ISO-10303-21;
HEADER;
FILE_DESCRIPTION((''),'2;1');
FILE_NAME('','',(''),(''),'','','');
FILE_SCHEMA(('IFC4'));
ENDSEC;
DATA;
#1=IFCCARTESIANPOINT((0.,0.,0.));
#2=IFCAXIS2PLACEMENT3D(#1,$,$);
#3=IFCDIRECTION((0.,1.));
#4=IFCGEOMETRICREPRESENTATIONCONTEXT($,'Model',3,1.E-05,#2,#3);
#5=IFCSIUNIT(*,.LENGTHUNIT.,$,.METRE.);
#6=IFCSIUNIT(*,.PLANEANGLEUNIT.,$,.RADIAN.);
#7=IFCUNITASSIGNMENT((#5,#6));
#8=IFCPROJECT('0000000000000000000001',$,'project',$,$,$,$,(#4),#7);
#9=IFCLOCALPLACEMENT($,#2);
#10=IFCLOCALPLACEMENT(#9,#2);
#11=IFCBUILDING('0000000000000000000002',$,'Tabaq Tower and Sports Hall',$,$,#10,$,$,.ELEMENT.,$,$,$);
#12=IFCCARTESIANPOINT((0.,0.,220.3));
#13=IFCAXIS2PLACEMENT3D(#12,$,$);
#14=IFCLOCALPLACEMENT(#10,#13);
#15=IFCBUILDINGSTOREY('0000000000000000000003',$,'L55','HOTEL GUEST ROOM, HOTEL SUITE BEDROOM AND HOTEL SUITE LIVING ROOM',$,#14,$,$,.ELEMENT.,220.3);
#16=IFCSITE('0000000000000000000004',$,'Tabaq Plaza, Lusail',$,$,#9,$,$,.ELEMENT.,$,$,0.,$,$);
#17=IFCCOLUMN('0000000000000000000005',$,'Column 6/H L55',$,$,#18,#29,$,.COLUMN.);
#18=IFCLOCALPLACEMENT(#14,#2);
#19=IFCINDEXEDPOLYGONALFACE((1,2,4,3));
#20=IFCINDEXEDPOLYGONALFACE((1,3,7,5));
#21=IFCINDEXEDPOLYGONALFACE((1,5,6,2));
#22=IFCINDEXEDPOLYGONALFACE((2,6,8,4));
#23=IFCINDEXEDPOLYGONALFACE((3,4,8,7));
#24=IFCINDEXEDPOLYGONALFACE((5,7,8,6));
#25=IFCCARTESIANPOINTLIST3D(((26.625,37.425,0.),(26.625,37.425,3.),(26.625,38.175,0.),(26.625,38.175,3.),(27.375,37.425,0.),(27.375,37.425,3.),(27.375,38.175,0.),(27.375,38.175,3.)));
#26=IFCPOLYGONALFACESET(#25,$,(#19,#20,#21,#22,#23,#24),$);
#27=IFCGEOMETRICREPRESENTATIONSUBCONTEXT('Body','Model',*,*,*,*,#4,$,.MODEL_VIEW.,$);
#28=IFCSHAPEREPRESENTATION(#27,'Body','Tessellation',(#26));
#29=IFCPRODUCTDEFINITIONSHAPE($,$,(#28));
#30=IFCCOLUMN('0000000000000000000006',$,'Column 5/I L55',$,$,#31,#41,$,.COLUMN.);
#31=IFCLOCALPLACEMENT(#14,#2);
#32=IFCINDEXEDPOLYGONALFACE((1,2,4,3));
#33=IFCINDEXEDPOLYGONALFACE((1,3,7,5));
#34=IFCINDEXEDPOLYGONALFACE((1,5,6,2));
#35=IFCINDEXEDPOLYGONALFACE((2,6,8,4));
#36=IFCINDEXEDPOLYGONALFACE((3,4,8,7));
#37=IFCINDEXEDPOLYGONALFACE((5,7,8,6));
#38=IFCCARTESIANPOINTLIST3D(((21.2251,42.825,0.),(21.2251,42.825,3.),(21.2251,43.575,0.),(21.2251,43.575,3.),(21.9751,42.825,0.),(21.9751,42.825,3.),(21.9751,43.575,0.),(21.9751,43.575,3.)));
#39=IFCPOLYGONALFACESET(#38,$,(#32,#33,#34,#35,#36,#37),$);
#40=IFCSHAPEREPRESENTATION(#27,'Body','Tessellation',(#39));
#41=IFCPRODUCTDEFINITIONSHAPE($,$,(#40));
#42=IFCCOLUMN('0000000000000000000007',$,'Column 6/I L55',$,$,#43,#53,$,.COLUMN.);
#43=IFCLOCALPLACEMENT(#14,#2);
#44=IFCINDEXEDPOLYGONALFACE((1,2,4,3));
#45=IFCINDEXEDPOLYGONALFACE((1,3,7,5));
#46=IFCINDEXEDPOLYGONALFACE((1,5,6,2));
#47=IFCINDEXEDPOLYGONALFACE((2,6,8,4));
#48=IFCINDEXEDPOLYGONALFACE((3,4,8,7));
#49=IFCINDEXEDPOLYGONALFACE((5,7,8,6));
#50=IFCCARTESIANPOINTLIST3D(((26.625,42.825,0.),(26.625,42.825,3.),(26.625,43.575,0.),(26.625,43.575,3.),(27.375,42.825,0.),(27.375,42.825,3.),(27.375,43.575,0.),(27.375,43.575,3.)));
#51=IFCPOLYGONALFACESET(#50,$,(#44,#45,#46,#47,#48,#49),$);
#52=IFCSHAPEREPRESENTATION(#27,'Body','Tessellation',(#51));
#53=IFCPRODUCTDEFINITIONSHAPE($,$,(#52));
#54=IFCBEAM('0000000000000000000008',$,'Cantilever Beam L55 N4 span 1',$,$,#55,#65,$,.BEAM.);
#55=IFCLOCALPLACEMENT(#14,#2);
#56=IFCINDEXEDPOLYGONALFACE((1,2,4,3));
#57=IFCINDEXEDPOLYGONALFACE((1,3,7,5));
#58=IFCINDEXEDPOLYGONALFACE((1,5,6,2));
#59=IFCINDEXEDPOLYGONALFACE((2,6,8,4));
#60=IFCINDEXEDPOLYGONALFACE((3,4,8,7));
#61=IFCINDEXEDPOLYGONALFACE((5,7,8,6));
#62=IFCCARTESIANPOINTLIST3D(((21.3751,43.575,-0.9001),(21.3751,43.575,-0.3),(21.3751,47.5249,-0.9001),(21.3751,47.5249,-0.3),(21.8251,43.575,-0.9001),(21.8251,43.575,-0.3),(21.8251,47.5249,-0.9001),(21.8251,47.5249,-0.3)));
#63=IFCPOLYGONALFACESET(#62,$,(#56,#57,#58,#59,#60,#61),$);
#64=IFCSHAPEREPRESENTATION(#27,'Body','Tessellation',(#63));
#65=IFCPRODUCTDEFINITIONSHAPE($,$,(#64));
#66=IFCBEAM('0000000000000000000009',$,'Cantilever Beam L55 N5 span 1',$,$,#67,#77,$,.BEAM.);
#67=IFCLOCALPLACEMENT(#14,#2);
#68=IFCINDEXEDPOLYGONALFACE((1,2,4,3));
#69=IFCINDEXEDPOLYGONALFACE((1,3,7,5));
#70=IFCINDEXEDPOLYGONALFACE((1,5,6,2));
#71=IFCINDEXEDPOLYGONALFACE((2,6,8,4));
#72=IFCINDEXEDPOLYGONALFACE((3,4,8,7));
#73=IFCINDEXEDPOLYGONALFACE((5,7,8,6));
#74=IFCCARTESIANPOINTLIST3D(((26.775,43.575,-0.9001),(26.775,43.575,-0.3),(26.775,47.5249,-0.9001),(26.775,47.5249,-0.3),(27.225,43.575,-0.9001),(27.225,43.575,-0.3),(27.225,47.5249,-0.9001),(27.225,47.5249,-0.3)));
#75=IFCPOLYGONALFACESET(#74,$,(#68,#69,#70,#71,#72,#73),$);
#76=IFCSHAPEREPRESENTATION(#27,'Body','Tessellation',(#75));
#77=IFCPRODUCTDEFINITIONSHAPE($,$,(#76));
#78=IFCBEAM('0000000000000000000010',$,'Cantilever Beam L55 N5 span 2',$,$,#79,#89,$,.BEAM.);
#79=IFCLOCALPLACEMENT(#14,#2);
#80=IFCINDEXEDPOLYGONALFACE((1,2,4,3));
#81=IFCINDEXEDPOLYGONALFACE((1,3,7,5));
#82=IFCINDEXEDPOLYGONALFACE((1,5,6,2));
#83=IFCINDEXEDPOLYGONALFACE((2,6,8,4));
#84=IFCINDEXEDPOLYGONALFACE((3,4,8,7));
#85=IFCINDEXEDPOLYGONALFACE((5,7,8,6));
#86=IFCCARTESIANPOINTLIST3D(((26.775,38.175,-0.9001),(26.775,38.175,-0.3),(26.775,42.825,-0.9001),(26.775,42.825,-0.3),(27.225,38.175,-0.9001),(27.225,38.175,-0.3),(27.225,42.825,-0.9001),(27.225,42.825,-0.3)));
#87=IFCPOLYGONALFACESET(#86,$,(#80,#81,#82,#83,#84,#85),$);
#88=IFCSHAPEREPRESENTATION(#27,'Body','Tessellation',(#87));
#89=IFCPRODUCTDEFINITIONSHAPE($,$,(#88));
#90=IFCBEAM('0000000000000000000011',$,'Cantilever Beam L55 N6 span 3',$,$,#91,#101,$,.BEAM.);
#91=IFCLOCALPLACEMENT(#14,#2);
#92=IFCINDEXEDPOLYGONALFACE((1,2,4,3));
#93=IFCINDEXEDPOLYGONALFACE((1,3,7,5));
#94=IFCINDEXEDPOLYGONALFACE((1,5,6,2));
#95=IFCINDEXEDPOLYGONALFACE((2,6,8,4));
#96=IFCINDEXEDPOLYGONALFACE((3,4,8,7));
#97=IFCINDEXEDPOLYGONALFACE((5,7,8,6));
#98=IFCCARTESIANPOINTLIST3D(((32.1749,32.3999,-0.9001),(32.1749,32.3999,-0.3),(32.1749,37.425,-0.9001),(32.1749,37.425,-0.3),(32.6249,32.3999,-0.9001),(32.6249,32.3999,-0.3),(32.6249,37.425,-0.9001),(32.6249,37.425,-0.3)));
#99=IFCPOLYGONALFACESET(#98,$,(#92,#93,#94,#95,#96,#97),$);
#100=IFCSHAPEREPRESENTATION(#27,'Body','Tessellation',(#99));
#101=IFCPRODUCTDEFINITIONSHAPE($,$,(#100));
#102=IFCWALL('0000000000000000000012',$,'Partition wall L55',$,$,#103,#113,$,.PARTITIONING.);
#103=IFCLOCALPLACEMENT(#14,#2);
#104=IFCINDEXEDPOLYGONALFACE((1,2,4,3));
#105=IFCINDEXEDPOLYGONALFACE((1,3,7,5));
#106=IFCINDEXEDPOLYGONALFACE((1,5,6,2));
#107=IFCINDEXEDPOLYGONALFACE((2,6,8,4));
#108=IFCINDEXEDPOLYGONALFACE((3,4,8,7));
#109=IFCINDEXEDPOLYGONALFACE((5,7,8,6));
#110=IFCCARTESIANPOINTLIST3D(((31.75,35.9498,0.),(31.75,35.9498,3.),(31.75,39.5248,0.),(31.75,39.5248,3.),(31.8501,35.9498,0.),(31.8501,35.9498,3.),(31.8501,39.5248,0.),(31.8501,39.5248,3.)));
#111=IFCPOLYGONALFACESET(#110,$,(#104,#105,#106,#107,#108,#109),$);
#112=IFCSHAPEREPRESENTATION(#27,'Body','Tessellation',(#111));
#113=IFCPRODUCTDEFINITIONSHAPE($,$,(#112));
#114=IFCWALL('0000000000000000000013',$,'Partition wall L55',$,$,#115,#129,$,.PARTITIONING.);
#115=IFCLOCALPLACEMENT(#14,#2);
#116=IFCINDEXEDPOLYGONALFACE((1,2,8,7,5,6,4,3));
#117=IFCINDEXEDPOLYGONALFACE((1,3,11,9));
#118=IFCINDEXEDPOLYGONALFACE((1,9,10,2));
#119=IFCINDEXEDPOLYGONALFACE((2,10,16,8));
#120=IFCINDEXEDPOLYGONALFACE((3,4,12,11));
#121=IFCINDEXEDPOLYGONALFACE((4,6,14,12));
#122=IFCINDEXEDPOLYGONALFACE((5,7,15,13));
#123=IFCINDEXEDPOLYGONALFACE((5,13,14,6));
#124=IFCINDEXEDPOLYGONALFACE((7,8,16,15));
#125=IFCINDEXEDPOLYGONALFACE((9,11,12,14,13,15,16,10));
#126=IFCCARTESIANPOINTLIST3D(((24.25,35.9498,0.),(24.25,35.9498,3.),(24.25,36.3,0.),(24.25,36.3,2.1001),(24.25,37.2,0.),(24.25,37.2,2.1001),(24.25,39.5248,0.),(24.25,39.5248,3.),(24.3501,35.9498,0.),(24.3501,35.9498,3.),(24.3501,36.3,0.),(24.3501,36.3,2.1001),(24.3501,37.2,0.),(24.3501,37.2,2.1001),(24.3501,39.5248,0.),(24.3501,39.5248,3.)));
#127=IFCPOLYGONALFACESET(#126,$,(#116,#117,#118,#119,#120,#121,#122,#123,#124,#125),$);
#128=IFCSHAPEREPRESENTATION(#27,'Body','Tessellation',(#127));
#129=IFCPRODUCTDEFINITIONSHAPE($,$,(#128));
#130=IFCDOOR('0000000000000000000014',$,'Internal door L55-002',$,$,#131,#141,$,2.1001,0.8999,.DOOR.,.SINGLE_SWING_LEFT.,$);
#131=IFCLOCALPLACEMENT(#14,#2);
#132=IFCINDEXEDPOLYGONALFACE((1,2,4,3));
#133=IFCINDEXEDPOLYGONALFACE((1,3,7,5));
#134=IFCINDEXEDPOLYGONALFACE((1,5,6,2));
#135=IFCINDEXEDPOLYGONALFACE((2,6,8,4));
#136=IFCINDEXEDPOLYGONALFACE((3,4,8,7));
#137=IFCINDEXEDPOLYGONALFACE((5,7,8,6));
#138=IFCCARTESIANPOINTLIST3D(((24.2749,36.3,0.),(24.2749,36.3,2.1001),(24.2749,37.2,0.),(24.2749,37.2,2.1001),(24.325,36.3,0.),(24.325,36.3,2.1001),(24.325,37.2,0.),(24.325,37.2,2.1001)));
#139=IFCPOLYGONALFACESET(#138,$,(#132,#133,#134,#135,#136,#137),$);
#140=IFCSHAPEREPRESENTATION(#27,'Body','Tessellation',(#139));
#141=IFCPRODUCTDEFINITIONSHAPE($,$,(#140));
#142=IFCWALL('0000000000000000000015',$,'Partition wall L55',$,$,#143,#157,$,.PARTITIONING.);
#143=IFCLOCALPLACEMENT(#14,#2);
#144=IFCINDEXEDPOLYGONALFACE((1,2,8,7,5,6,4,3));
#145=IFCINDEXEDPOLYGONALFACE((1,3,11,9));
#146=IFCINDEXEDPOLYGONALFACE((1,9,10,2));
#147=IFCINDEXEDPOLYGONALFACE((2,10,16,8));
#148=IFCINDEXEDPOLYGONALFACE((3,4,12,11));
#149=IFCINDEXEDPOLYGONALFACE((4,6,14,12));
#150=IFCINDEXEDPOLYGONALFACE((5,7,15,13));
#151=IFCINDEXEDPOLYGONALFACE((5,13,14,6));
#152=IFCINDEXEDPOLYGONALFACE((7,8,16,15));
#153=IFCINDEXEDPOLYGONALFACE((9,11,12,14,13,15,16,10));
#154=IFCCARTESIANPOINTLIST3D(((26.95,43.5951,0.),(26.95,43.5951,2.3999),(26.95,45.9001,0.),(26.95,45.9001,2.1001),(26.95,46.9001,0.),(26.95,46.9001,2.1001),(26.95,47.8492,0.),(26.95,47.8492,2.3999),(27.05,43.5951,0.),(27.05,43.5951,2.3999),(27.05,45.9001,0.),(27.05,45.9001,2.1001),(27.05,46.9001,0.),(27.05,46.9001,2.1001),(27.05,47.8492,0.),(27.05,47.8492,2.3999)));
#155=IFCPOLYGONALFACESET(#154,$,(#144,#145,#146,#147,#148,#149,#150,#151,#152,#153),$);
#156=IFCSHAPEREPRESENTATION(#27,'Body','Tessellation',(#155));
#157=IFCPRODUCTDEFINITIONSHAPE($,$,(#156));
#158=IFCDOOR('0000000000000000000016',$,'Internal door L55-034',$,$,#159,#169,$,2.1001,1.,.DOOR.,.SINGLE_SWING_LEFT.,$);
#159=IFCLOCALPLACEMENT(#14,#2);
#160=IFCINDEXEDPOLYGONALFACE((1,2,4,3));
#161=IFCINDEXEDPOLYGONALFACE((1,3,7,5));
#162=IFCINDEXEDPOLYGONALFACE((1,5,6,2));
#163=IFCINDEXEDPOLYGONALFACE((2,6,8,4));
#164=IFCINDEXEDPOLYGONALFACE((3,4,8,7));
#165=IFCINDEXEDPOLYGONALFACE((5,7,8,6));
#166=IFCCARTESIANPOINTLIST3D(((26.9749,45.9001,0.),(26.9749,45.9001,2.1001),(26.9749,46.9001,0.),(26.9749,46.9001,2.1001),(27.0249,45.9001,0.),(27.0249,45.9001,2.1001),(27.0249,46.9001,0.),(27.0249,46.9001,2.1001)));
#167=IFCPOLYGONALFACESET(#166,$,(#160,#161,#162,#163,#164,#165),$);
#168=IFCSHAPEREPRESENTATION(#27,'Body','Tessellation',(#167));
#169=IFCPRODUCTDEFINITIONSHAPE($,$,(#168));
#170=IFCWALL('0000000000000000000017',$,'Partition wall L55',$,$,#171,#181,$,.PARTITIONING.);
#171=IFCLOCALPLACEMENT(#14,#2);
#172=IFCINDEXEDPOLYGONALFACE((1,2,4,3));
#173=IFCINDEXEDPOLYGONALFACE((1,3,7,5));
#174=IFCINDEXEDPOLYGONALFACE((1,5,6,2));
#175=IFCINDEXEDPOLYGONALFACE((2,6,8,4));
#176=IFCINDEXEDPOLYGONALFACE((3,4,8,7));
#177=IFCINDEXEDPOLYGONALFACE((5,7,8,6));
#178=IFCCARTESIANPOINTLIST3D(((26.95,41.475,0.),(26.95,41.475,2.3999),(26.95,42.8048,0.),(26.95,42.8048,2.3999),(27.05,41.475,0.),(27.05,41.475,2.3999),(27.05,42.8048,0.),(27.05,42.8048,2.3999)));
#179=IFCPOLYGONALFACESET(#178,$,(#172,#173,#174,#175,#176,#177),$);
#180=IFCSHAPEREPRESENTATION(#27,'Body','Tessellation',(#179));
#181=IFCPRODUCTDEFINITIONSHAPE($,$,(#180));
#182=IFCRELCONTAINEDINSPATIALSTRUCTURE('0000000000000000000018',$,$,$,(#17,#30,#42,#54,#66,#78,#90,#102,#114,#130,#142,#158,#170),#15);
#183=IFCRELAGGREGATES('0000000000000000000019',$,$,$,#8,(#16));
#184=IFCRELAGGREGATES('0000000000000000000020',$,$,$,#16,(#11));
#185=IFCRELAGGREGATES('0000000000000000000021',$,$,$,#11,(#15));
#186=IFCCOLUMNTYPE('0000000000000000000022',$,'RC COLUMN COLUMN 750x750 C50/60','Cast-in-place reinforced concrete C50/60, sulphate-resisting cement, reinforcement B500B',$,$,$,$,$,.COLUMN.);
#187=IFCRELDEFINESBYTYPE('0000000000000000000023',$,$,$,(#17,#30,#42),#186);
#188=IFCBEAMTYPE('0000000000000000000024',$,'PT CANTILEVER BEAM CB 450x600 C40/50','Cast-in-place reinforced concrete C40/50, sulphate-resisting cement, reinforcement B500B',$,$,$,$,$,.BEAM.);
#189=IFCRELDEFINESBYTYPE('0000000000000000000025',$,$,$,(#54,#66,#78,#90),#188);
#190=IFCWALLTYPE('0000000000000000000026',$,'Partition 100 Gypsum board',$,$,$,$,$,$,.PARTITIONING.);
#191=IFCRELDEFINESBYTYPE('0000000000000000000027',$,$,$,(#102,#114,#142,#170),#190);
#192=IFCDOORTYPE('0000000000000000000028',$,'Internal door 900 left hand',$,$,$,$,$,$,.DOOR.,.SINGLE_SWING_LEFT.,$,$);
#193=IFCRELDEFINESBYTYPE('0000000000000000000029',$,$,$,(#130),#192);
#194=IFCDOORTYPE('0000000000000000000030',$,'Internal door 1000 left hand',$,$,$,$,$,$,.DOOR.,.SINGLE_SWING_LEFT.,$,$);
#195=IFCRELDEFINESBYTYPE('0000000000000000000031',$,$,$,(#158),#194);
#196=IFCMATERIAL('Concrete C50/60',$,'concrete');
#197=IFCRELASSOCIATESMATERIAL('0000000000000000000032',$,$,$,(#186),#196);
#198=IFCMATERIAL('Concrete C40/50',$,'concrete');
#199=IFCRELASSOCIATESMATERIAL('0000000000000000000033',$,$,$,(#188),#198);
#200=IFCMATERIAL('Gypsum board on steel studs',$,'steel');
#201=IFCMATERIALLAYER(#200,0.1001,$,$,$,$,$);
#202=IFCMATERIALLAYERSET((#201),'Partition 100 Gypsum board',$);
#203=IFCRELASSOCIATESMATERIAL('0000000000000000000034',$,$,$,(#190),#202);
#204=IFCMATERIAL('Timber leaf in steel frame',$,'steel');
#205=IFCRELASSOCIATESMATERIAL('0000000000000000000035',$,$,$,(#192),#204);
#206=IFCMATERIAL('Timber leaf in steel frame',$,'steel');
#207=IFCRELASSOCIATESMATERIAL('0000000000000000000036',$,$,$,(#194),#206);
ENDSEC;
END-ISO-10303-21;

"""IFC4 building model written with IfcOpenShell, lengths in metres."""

from ifc_helpers import new_model, si_unit, direction, frame, frame_2d, origin, origin_2d, place, context, subcontext, project, spatial, rectangle, extrude, material, layer, layer_set, material_profile, profile_set, type_object, element, fill, save


model = new_model("IFC4")

# Units and contexts
model_context = context("Model", 3, precision=1e-05, world=origin(), true_north=direction((0.0, 1.0)))
body_context = subcontext(model_context, "Body", "Model", "MODEL_VIEW")
ifc_project = project(units=[si_unit("LENGTHUNIT", "METRE"), si_unit("PLANEANGLEUNIT", "RADIAN")], contexts=[model_context])

# Site, building, storey
site_placement = place(None, origin())
site = spatial("IfcSite", under=ifc_project, at=site_placement, Name="Tabaq Plaza, Lusail", CompositionType="ELEMENT", RefElevation=0.0)
building_placement = place(site_placement, origin())
building = spatial("IfcBuilding", under=site, at=building_placement, Name="Tabaq Tower and Sports Hall", CompositionType="ELEMENT")
storey_placement = place(building_placement, frame((0.0, 0.0, 220.3)))
storey = spatial("IfcBuildingStorey", under=building, at=storey_placement, Name="L55", Description="HOTEL GUEST ROOM, HOTEL SUITE BEDROOM AND HOTEL SUITE LIVING ROOM", CompositionType="ELEMENT", Elevation=220.3)

# Columns
ifc_material_1 = material(Name="Concrete C50/60", Category="concrete")
ifc_material_profile_1 = material_profile(ifc_material_1, rectangle(XDim=0.75, YDim=0.75, at=origin_2d()), Name="COLUMN 750x750")
ifc_profile_set_1 = profile_set([ifc_material_profile_1], Name="Concrete C50/60")
column_type = type_object("IfcColumnType", Name="RC COLUMN COLUMN 750x750 C50/60", Description="Cast-in-place reinforced concrete C50/60, sulphate-resisting cement, reinforcement B500B", PredefinedType="COLUMN", material=ifc_profile_set_1)
for number, where, z_axis, x_axis, name in (
    (1, (27.0, 37.8, 0.0), (0.0, 0.0, 1.0), (1.0, 0.0, 0.0), "Column 6/H L55"),
    (2, (21.6001, 43.2, 0.0), (0.0, 0.0, 1.0), (1.0, 0.0, 0.0), "Column 5/I L55"),
    (3, (27.0, 43.2, 0.0), (0.0, 0.0, 1.0), (1.0, 0.0, 0.0), "Column 6/I L55"),
):
    element("IfcColumn", number, at=place(storey_placement, frame(where, z_axis=z_axis, x_axis=x_axis)), inside=storey, type_object=column_type, Name=name, PredefinedType="COLUMN", context=body_context, shape_type="SweptSolid", body=[
        extrude(rectangle(XDim=0.75, YDim=0.75, at=origin_2d()), origin(), (0.0, 0.0, 1.0), 3.0),
    ])

# Beams
ifc_material_2 = material(Name="Concrete C40/50", Category="concrete")
ifc_material_profile_2 = material_profile(ifc_material_2, rectangle(XDim=0.45, YDim=0.6001, at=origin_2d()), Name="CB 450x600")
ifc_profile_set_2 = profile_set([ifc_material_profile_2], Name="Concrete C40/50")
beam_type = type_object("IfcBeamType", Name="PT CANTILEVER BEAM CB 450x600 C40/50", Description="Cast-in-place reinforced concrete C40/50, sulphate-resisting cement, reinforcement B500B", PredefinedType="BEAM", material=ifc_profile_set_2)
for number, where, z_axis, x_axis, name in (
    (4, (21.6001, 47.5249, -0.6001), (0.0, -1.0, 0.0), (1.0, 0.0, 0.0), "Cantilever Beam L55 N4 span 1"),
    (5, (27.0, 47.5249, -0.6001), (0.0, -1.0, 0.0), (1.0, 0.0, 0.0), "Cantilever Beam L55 N5 span 1"),
):
    element("IfcBeam", number, at=place(storey_placement, frame(where, z_axis=z_axis, x_axis=x_axis)), inside=storey, type_object=beam_type, Name=name, PredefinedType="BEAM", context=body_context, shape_type="SweptSolid", body=[
        extrude(rectangle(XDim=0.45, YDim=0.6001, at=origin_2d()), origin(), (0.0, 0.0, 1.0), 3.95),
    ])
beam_1_placement = place(storey_placement, frame((27.0, 42.825, -0.6001), z_axis=(0.0, -1.0, 0.0), x_axis=(1.0, 0.0, 0.0)))
element("IfcBeam", 6, at=beam_1_placement, inside=storey, type_object=beam_type, Name="Cantilever Beam L55 N5 span 2", PredefinedType="BEAM", context=body_context, shape_type="SweptSolid", body=[
    extrude(rectangle(XDim=0.45, YDim=0.6001, at=origin_2d()), origin(), (0.0, 0.0, 1.0), 4.6499),
])
beam_2_placement = place(storey_placement, frame((32.3999, 37.425, -0.6001), z_axis=(0.0, -1.0, 0.0), x_axis=(1.0, 0.0, 0.0)))
element("IfcBeam", 7, at=beam_2_placement, inside=storey, type_object=beam_type, Name="Cantilever Beam L55 N6 span 3", PredefinedType="BEAM", context=body_context, shape_type="SweptSolid", body=[
    extrude(rectangle(XDim=0.45, YDim=0.6001, at=origin_2d()), origin(), (0.0, 0.0, 1.0), 5.0251),
])

# Wall
ifc_material_3 = material(Name="Gypsum board on steel studs", Category="steel")
ifc_layer_1 = layer(ifc_material_3, 0.1001)
ifc_layer_set_1 = layer_set([ifc_layer_1], Name="Partition 100 Gypsum board")
wall_type_1 = type_object("IfcWallType", Name="Partition 100 Gypsum board", PredefinedType="PARTITIONING", material=ifc_layer_set_1)
wall_1_placement = place(storey_placement, frame((31.8, 39.5249, 0.0), z_axis=(0.0, 0.0, 1.0), x_axis=(0.0, -1.0, 0.0)))
element("IfcWall", 8, at=wall_1_placement, inside=storey, type_object=wall_type_1, Name="Partition wall L55", PredefinedType="PARTITIONING", context=body_context, shape_type="SweptSolid", body=[
    extrude(rectangle(XDim=3.575, YDim=0.1001, at=frame_2d((1.7876, 0.0))), origin(), (0.0, 0.0, 1.0), 3.0),
])

# Walls, openings, doors
wall_2_placement = place(storey_placement, frame((24.3, 39.5249, 0.0), z_axis=(0.0, 0.0, 1.0), x_axis=(0.0, -1.0, 0.0)))
wall_2 = element("IfcWall", 9, at=wall_2_placement, inside=storey, type_object=wall_type_1, Name="Partition wall L55", PredefinedType="PARTITIONING", context=body_context, shape_type="SweptSolid", body=[
    extrude(rectangle(XDim=3.575, YDim=0.1001, at=frame_2d((1.7876, 0.0))), origin(), (0.0, 0.0, 1.0), 3.0),
])
opening_1_placement = place(wall_2_placement, frame((2.325, 0.0, 0.0)))
opening_1 = element("IfcOpeningElement", 10, at=opening_1_placement, cuts=wall_2, PredefinedType="OPENING", context=body_context, shape_type="SweptSolid", body=[
    extrude(rectangle(XDim=0.8999, YDim=2.1001, at=frame_2d((0.45, 1.05))), frame((0.0, 0.05, 0.0), z_axis=(0.0, -1.0, 0.0), x_axis=(1.0, 0.0, 0.0)), (0.0, 0.0, 1.0), 0.1001),
])
ifc_material_4 = material(Name="Timber leaf in steel frame", Category="steel")
door_type_1 = type_object("IfcDoorType", Name="Internal door 900 left hand", OperationType="SINGLE_SWING_LEFT", PredefinedType="DOOR", material=ifc_material_4)
door_1_placement = place(opening_1_placement, origin())
door_1 = element("IfcDoor", 11, at=door_1_placement, inside=storey, type_object=door_type_1, Name="Internal door L55-002", OperationType="SINGLE_SWING_LEFT", OverallHeight=2.1001, OverallWidth=0.8999, PredefinedType="DOOR", context=body_context, shape_type="SweptSolid", body=[
    extrude(rectangle(XDim=0.8999, YDim=2.1001, at=frame_2d((0.45, 1.05))), frame((0.0, 0.0249, 0.0), z_axis=(0.0, -1.0, 0.0), x_axis=(1.0, 0.0, 0.0)), (0.0, 0.0, 1.0), 0.05),
])
fill(opening_1, door_1)
wall_3_placement = place(storey_placement, frame((27.0, 47.8491, 0.0), z_axis=(0.0, 0.0, 1.0), x_axis=(0.0, -1.0, 0.0)))
wall_3 = element("IfcWall", 12, at=wall_3_placement, inside=storey, type_object=wall_type_1, Name="Partition wall L55", PredefinedType="PARTITIONING", context=body_context, shape_type="SweptSolid", body=[
    extrude(rectangle(XDim=4.2542, YDim=0.1001, at=frame_2d((2.127, 0.0))), origin(), (0.0, 0.0, 1.0), 2.3999),
])
opening_2_placement = place(wall_3_placement, frame((0.949, 0.0, 0.0)))
opening_2 = element("IfcOpeningElement", 13, at=opening_2_placement, cuts=wall_3, PredefinedType="OPENING", context=body_context, shape_type="SweptSolid", body=[
    extrude(rectangle(XDim=1.0, YDim=2.1001, at=frame_2d((0.5, 1.05))), frame((0.0, 0.05, 0.0), z_axis=(0.0, -1.0, 0.0), x_axis=(1.0, 0.0, 0.0)), (0.0, 0.0, 1.0), 0.1001),
])
ifc_material_5 = material(Name="Timber leaf in steel frame", Category="steel")
door_type_2 = type_object("IfcDoorType", Name="Internal door 1000 left hand", OperationType="SINGLE_SWING_LEFT", PredefinedType="DOOR", material=ifc_material_5)
door_2_placement = place(opening_2_placement, origin())
door_2 = element("IfcDoor", 14, at=door_2_placement, inside=storey, type_object=door_type_2, Name="Internal door L55-034", OperationType="SINGLE_SWING_LEFT", OverallHeight=2.1001, OverallWidth=1.0, PredefinedType="DOOR", context=body_context, shape_type="SweptSolid", body=[
    extrude(rectangle(XDim=1.0, YDim=2.1001, at=frame_2d((0.5, 1.05))), frame((0.0, 0.0249, 0.0), z_axis=(0.0, -1.0, 0.0), x_axis=(1.0, 0.0, 0.0)), (0.0, 0.0, 1.0), 0.05),
])
fill(opening_2, door_2)

# Wall
wall_4_placement = place(storey_placement, frame((27.0, 42.8049, 0.0), z_axis=(0.0, 0.0, 1.0), x_axis=(0.0, -1.0, 0.0)))
element("IfcWall", 15, at=wall_4_placement, inside=storey, type_object=wall_type_1, Name="Partition wall L55", PredefinedType="PARTITIONING", context=body_context, shape_type="SweptSolid", body=[
    extrude(rectangle(XDim=1.3298, YDim=0.1001, at=frame_2d((0.665, 0.0))), origin(), (0.0, 0.0, 1.0), 2.3999),
])

save(model, "model.ifc")
